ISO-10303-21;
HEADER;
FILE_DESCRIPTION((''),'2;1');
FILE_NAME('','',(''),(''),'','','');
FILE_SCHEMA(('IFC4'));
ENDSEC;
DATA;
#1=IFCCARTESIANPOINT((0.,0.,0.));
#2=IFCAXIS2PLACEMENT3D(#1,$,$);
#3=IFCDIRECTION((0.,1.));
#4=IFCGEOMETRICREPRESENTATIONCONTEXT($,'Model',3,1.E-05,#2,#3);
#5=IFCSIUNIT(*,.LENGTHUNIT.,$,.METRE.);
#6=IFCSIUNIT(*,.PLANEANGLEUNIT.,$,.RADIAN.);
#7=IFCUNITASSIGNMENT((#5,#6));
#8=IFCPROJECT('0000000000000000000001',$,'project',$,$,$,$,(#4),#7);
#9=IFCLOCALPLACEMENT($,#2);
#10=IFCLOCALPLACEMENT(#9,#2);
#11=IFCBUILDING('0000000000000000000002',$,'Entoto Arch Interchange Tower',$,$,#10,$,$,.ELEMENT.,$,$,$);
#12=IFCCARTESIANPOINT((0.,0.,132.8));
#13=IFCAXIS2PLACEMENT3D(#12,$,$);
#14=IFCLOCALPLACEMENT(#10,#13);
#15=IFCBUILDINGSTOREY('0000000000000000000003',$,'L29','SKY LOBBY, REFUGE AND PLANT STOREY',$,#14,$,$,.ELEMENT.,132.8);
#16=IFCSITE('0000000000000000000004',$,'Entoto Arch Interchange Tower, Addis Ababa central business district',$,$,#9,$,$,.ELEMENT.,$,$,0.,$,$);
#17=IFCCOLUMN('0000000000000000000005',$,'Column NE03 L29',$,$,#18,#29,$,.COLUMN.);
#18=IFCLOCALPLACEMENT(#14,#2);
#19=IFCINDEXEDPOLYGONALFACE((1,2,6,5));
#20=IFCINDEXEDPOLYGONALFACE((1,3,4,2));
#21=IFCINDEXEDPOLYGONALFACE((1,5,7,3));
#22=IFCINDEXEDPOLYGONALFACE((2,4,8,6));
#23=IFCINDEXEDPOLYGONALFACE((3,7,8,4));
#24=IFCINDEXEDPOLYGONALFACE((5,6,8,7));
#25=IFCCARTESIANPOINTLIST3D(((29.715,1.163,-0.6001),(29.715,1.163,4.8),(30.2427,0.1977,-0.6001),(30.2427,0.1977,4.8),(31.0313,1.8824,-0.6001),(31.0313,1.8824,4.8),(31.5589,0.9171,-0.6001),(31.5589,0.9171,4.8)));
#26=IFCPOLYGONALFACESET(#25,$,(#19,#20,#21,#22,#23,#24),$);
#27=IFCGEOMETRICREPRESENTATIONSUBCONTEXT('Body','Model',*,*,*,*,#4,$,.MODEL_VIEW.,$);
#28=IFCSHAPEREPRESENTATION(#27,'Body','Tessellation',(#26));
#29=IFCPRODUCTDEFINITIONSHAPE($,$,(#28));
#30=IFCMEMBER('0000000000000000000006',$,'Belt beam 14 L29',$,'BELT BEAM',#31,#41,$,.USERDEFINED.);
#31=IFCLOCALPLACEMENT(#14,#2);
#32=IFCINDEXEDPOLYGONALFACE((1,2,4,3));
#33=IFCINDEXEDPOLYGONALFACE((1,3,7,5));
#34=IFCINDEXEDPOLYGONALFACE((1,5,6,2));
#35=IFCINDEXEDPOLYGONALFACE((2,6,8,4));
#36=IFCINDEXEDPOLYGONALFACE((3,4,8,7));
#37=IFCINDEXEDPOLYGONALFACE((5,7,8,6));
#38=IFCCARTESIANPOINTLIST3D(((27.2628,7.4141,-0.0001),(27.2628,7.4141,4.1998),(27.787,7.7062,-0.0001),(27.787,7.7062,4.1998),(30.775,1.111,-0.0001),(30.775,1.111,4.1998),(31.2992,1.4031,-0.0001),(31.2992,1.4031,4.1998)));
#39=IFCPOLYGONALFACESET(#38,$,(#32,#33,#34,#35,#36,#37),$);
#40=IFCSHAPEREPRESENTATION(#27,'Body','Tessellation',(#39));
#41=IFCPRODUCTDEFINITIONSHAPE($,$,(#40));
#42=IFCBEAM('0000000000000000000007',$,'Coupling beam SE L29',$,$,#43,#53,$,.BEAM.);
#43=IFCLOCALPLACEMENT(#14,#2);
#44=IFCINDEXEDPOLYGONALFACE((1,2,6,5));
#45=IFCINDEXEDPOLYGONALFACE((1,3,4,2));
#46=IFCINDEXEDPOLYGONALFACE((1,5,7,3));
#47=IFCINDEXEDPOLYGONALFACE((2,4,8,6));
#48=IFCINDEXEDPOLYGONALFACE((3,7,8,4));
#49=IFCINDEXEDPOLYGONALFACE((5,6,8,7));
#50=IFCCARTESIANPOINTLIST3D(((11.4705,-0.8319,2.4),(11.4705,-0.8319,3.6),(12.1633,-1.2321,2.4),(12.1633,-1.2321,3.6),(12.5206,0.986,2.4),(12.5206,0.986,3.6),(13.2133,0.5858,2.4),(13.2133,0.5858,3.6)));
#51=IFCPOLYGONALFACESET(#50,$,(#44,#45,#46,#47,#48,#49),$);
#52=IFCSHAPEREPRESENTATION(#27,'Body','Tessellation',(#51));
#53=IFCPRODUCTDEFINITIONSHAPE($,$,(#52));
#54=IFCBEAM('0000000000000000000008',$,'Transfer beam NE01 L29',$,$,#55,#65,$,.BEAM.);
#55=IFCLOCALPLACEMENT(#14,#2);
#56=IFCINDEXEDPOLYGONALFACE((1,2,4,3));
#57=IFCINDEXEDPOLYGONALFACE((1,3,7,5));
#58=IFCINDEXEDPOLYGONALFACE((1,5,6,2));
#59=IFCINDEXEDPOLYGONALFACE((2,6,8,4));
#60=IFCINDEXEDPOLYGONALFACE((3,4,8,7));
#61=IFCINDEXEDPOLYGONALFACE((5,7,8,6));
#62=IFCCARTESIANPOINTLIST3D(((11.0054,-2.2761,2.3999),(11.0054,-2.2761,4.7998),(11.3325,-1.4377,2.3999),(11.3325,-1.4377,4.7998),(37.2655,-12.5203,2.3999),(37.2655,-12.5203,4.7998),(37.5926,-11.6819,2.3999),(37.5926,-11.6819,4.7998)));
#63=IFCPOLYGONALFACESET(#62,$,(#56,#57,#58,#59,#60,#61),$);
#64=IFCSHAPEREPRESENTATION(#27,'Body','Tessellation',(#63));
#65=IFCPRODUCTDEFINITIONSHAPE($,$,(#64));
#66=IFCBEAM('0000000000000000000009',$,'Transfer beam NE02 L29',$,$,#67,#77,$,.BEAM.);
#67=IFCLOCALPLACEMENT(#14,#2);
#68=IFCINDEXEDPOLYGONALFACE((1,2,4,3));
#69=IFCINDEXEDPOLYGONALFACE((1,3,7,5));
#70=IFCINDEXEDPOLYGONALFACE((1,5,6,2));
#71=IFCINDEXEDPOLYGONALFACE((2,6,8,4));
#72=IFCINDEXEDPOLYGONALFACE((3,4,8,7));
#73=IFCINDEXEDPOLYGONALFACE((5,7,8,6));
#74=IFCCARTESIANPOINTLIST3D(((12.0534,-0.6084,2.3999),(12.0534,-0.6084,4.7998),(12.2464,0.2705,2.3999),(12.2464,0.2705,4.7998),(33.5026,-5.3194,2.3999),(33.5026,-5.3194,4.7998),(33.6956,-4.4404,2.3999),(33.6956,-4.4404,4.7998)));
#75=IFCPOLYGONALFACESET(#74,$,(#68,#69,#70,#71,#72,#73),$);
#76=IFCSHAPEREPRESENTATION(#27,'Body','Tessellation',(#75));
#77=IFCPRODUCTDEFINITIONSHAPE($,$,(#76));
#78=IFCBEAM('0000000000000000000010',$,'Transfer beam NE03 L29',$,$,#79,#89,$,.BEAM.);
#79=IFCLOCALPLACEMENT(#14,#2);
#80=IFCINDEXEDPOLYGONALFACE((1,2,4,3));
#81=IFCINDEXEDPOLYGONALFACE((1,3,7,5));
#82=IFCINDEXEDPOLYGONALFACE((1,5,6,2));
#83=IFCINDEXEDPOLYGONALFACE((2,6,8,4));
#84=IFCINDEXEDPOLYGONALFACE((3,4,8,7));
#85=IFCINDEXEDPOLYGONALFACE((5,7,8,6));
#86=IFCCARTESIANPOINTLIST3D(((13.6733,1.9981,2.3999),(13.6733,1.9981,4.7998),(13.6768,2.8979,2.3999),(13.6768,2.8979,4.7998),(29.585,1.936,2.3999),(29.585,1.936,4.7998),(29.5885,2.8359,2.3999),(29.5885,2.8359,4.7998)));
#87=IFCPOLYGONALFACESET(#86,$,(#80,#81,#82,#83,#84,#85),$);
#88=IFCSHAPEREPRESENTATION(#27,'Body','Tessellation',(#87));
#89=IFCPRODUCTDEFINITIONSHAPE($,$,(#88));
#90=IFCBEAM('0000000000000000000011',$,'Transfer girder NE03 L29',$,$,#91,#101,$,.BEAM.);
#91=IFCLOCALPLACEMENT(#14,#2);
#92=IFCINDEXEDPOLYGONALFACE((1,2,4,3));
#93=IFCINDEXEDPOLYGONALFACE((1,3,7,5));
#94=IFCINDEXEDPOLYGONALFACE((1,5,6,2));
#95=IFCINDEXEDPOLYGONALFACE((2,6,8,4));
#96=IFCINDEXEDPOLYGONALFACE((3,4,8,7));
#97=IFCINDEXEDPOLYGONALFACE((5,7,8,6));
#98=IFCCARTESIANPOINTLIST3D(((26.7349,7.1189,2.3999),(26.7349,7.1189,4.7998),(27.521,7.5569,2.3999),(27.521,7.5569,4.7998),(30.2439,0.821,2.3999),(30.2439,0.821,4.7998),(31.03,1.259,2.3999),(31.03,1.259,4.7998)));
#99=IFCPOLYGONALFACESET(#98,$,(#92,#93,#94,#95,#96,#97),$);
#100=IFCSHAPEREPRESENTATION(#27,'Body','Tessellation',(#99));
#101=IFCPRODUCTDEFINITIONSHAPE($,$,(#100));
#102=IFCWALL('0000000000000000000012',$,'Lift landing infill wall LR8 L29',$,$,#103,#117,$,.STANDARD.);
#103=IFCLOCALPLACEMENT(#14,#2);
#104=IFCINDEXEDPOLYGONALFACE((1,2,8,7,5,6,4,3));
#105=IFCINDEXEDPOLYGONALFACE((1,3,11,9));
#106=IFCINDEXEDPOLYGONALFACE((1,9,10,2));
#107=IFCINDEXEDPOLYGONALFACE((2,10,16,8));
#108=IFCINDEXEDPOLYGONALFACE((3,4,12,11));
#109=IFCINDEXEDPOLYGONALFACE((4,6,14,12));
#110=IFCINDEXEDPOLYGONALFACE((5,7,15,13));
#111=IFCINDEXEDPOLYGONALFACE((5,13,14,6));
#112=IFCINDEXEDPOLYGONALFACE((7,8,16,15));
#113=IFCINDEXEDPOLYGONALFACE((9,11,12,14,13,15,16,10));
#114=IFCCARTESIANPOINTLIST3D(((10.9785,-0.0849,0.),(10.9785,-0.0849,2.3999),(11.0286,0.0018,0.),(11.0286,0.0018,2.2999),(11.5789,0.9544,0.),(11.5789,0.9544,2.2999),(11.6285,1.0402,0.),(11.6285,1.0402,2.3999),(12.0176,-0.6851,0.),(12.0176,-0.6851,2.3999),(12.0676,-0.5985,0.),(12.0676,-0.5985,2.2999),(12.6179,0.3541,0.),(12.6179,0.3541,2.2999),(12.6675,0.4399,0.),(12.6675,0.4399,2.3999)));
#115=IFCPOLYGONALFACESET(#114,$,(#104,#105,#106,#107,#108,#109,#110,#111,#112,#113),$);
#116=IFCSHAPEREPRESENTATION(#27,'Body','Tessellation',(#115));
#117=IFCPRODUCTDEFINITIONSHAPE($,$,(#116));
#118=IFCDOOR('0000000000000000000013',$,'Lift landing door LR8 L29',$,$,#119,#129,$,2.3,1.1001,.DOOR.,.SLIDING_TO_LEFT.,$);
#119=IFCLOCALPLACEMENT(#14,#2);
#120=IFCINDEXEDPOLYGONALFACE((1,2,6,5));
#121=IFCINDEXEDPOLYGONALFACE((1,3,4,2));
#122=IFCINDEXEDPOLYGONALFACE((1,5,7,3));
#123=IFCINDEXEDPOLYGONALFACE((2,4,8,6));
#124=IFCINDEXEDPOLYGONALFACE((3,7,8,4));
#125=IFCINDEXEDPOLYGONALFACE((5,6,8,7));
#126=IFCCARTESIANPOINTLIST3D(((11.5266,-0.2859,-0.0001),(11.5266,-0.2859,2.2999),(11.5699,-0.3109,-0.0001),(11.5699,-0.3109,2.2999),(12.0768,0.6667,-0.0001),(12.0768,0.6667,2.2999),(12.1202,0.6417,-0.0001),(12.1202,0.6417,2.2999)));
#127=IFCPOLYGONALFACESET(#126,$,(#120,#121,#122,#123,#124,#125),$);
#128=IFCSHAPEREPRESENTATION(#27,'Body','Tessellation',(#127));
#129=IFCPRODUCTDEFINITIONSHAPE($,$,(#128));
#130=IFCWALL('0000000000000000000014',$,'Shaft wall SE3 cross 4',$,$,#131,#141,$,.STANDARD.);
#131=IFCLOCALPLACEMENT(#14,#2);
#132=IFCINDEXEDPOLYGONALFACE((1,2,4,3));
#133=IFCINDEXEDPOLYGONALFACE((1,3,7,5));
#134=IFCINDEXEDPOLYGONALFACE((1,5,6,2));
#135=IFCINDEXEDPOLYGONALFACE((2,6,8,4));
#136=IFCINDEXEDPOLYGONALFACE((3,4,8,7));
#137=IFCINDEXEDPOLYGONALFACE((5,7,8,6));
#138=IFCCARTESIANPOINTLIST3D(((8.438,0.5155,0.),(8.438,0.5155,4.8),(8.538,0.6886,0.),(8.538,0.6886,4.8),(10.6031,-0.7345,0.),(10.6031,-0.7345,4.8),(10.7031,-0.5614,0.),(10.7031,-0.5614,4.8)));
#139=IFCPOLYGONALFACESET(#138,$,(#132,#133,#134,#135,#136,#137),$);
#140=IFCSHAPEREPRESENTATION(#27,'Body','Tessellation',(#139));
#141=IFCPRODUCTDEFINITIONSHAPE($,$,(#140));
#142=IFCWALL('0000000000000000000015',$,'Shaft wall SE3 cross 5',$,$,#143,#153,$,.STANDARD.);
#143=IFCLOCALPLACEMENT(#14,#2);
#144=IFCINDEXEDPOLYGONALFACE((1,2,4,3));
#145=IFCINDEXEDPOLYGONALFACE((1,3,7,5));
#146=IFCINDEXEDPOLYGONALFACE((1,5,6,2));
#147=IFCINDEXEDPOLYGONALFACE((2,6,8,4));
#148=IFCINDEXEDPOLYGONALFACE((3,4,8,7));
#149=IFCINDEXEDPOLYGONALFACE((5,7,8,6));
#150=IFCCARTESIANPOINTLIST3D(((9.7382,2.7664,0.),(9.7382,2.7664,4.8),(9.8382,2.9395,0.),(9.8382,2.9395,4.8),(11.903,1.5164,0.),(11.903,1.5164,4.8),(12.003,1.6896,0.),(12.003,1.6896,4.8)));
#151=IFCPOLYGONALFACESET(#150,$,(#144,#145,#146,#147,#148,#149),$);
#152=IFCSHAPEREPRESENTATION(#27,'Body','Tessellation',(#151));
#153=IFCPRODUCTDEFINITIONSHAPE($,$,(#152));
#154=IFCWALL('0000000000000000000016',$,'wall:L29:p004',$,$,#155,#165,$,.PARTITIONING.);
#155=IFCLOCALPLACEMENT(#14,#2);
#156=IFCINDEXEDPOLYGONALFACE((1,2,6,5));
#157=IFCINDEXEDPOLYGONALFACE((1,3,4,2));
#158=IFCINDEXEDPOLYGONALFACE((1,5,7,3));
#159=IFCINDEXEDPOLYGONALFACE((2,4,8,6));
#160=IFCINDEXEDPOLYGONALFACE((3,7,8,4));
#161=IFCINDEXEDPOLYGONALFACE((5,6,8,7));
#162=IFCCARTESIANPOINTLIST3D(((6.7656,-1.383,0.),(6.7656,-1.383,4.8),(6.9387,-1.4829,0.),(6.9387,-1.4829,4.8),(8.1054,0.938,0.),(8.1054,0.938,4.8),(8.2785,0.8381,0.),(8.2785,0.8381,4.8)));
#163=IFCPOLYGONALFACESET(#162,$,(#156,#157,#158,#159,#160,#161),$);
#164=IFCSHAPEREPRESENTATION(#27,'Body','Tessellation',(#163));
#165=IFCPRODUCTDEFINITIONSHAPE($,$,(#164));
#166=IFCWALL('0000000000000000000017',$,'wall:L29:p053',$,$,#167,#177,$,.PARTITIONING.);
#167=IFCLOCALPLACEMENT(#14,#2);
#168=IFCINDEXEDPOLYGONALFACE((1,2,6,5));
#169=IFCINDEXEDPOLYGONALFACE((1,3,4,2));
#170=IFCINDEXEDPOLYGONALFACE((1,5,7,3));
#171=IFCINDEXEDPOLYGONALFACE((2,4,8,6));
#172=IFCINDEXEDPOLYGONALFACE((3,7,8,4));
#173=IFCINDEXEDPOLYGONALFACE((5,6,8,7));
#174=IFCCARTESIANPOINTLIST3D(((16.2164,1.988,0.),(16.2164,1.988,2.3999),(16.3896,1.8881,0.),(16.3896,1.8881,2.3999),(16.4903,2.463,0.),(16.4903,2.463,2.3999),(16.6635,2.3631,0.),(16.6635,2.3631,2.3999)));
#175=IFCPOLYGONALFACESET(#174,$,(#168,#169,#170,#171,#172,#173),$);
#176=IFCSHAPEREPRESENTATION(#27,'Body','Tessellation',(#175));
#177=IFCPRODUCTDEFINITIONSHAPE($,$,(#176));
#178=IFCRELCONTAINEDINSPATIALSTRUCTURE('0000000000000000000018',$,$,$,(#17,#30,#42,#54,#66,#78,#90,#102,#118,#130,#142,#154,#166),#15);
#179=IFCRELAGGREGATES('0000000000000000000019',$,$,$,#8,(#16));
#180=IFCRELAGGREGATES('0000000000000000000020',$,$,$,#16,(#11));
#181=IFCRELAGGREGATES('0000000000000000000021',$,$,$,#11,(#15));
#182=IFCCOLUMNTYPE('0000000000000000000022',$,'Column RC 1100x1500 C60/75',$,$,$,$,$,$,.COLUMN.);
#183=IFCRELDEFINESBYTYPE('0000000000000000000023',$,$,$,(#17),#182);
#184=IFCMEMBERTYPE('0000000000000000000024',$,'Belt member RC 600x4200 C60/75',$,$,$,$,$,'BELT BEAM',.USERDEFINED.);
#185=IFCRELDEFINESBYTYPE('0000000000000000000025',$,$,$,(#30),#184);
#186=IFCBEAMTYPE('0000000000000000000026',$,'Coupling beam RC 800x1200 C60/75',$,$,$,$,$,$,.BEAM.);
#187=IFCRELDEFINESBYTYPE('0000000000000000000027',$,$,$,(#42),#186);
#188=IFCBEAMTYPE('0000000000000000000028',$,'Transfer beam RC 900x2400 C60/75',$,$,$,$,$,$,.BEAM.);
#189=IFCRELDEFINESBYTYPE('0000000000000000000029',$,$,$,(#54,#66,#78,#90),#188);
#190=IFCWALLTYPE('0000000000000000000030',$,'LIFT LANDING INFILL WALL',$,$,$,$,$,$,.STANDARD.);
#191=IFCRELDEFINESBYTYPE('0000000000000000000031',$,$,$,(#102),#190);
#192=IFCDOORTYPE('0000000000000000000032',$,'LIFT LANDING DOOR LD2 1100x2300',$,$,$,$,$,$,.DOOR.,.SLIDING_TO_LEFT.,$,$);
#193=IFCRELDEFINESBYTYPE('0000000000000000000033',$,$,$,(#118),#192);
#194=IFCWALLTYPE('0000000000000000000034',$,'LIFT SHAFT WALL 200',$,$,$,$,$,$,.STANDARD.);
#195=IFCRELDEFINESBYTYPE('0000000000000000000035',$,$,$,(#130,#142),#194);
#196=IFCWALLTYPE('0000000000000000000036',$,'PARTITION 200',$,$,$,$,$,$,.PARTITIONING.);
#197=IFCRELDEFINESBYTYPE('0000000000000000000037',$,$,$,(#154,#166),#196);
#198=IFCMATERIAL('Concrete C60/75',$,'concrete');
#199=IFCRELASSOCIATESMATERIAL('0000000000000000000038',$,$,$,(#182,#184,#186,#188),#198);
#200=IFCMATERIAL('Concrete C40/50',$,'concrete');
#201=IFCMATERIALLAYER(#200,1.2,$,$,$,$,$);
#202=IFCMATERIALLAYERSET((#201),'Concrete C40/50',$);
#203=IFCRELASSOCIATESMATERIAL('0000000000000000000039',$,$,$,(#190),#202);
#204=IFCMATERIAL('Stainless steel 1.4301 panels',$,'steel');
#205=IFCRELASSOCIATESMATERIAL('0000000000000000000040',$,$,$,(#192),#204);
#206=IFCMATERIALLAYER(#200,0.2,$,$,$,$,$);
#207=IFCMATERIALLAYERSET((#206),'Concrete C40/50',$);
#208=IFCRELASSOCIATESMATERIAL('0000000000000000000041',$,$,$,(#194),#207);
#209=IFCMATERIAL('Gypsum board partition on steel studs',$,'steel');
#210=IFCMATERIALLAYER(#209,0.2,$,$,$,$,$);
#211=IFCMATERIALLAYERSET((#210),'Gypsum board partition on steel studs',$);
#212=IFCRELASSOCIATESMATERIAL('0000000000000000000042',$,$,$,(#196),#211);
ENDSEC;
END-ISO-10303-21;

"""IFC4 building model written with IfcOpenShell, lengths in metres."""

from ifc_helpers import new_model, si_unit, direction, frame, frame_2d, origin, origin_2d, place, context, subcontext, project, spatial, rectangle, extrude, material, layer, layer_set, material_profile, profile_set, type_object, element, fill, save


model = new_model("IFC4")

# Units and contexts
model_context = context("Model", 3, precision=1e-05, world=origin(), true_north=direction((0.0, 1.0)))
body_context = subcontext(model_context, "Body", "Model", "MODEL_VIEW")
ifc_project = project(units=[si_unit("LENGTHUNIT", "METRE"), si_unit("PLANEANGLEUNIT", "RADIAN")], contexts=[model_context])

# Site, building, storey
site_placement = place(None, origin())
site = spatial("IfcSite", under=ifc_project, at=site_placement, Name="Entoto Arch Interchange Tower, Addis Ababa central business district", CompositionType="ELEMENT", RefElevation=0.0)
building_placement = place(site_placement, origin())
building = spatial("IfcBuilding", under=site, at=building_placement, Name="Entoto Arch Interchange Tower", CompositionType="ELEMENT")
storey_placement = place(building_placement, frame((0.0, 0.0, 132.8)))
storey = spatial("IfcBuildingStorey", under=building, at=storey_placement, Name="L29", Description="SKY LOBBY, REFUGE AND PLANT STOREY", CompositionType="ELEMENT", Elevation=132.8)

# Column
ifc_material_1 = material(Name="Concrete C60/75", Category="concrete")
ifc_material_profile_1 = material_profile(ifc_material_1, rectangle(XDim=1.1001, YDim=1.5, at=origin_2d()))
ifc_profile_set_1 = profile_set([ifc_material_profile_1], Name="Concrete C60/75")
column_type = type_object("IfcColumnType", Name="Column RC 1100x1500 C60/75", PredefinedType="COLUMN", material=ifc_profile_set_1)
column_placement = place(storey_placement, frame((30.637, 1.04, -0.6001), z_axis=(0.0, 0.0, 1.0), x_axis=(-0.479611, 0.877481, 0.0)))
element("IfcColumn", 1, at=column_placement, inside=storey, type_object=column_type, Name="Column NE03 L29", PredefinedType="COLUMN", context=body_context, shape_type="SweptSolid", body=[
    extrude(rectangle(XDim=1.1001, YDim=1.5, at=origin_2d()), origin(), (0.0, 0.0, 1.0), 5.4001),
])

# Member
ifc_material_profile_2 = material_profile(ifc_material_1, rectangle(XDim=0.6001, YDim=4.2, at=origin_2d()))
ifc_profile_set_2 = profile_set([ifc_material_profile_2], Name="Concrete C60/75")
member_type = type_object("IfcMemberType", Name="Belt member RC 600x4200 C60/75", ElementType="BELT BEAM", PredefinedType="USERDEFINED", material=ifc_profile_set_2)
member_placement = place(storey_placement, frame((31.0371, 1.2571, 2.0999), z_axis=(-0.48676, 0.873536, 0.0), x_axis=(-0.873536, -0.48676, 0.0)))
element("IfcMember", 2, at=member_placement, inside=storey, type_object=member_type, Name="Belt beam 14 L29", ObjectType="BELT BEAM", PredefinedType="USERDEFINED", context=body_context, shape_type="SweptSolid", body=[
    extrude(rectangle(XDim=0.6001, YDim=4.2, at=origin_2d()), origin(), (0.0, 0.0, 1.0), 7.2156),
])

# Beams
ifc_material_profile_3 = material_profile(ifc_material_1, rectangle(XDim=0.8, YDim=1.2, at=origin_2d()))
ifc_profile_set_3 = profile_set([ifc_material_profile_3], Name="Concrete C60/75")
beam_type_1 = type_object("IfcBeamType", Name="Coupling beam RC 800x1200 C60/75", PredefinedType="BEAM", material=ifc_profile_set_3)
beam_1_placement = place(storey_placement, frame((11.8169, -1.032, 3.0), z_axis=(0.500179, 0.865922, 0.0), x_axis=(-0.865922, 0.500179, 0.0)))
element("IfcBeam", 3, at=beam_1_placement, inside=storey, type_object=beam_type_1, Name="Coupling beam SE L29", PredefinedType="BEAM", context=body_context, shape_type="SweptSolid", body=[
    extrude(rectangle(XDim=0.8, YDim=1.2, at=origin_2d()), origin(), (0.0, 0.0, 1.0), 2.0994),
])
ifc_material_profile_4 = material_profile(ifc_material_1, rectangle(XDim=0.8999, YDim=2.3999, at=origin_2d()))
ifc_profile_set_4 = profile_set([ifc_material_profile_4], Name="Concrete C60/75")
beam_type_2 = type_object("IfcBeamType", Name="Transfer beam RC 900x2400 C60/75", PredefinedType="BEAM", material=ifc_profile_set_4)
beam_2_placement = place(storey_placement, frame((11.1689, -1.8569, 3.5999), z_axis=(0.931622, -0.36343, 0.0), x_axis=(0.36343, 0.931622, 0.0)))
element("IfcBeam", 4, at=beam_2_placement, inside=storey, type_object=beam_type_2, Name="Transfer beam NE01 L29", PredefinedType="BEAM", context=body_context, shape_type="SweptSolid", body=[
    extrude(rectangle(XDim=0.8999, YDim=2.3999, at=origin_2d()), origin(), (0.0, 0.0, 1.0), 28.1875),
])
beam_3_placement = place(storey_placement, frame((12.1499, -0.1689, 3.5999), z_axis=(0.97672, -0.214519, 0.0), x_axis=(0.214519, 0.97672, 0.0)))
element("IfcBeam", 5, at=beam_3_placement, inside=storey, type_object=beam_type_2, Name="Transfer beam NE02 L29", PredefinedType="BEAM", context=body_context, shape_type="SweptSolid", body=[
    extrude(rectangle(XDim=0.8999, YDim=2.3999, at=origin_2d()), origin(), (0.0, 0.0, 1.0), 21.9604),
])
beam_4_placement = place(storey_placement, frame((13.675, 2.448, 3.5999), z_axis=(0.999992, -0.003897, 0.0), x_axis=(0.003897, 0.999992, 0.0)))
element("IfcBeam", 6, at=beam_4_placement, inside=storey, type_object=beam_type_2, Name="Transfer beam NE03 L29", PredefinedType="BEAM", context=body_context, shape_type="SweptSolid", body=[
    extrude(rectangle(XDim=0.8999, YDim=2.3999, at=origin_2d()), origin(), (0.0, 0.0, 1.0), 15.9119),
])
beam_5_placement = place(storey_placement, frame((30.637, 1.04, 3.5999), z_axis=(-0.486727, 0.873554, 0.0), x_axis=(-0.873554, -0.486727, 0.0)))
element("IfcBeam", 7, at=beam_5_placement, inside=storey, type_object=beam_type_2, Name="Transfer girder NE03 L29", PredefinedType="BEAM", context=body_context, shape_type="SweptSolid", body=[
    extrude(rectangle(XDim=0.8999, YDim=2.3999, at=origin_2d()), origin(), (0.0, 0.0, 1.0), 7.2095),
])

# Wall, opening, door
ifc_material_2 = material(Name="Concrete C40/50", Category="concrete")
ifc_layer_1 = layer(ifc_material_2, 1.2)
ifc_layer_set_1 = layer_set([ifc_layer_1], Name="Concrete C40/50")
wall_type_1 = type_object("IfcWallType", Name="LIFT LANDING INFILL WALL", PredefinedType="STANDARD", material=ifc_layer_set_1)
wall_1_placement = place(storey_placement, frame((11.498, -0.385, 0.0), z_axis=(0.0, 0.0, 1.0), x_axis=(0.500221, 0.865898, 0.0)))
wall_1 = element("IfcWall", 8, at=wall_1_placement, inside=storey, type_object=wall_type_1, Name="Lift landing infill wall LR8 L29", PredefinedType="STANDARD", context=body_context, shape_type="SweptSolid", body=[
    extrude(rectangle(XDim=1.2993, YDim=1.2, at=frame_2d((0.6497, 0.0))), origin(), (0.0, 0.0, 1.0), 2.3999),
])
opening_placement = place(wall_1_placement, frame((0.1001, 0.0, 0.0)))
opening = element("IfcOpeningElement", 9, at=opening_placement, cuts=wall_1, PredefinedType="OPENING", context=body_context, shape_type="SweptSolid", body=[
    extrude(rectangle(XDim=1.1001, YDim=2.3, at=frame_2d((0.55, 1.1499))), frame((0.0, 0.6099, 0.0), z_axis=(0.0, -1.0, 0.0), x_axis=(1.0, 0.0, 0.0)), (0.0, 0.0, 1.0), 1.22),
])
ifc_material_3 = material(Name="Stainless steel 1.4301 panels", Category="steel")
door_type = type_object("IfcDoorType", Name="LIFT LANDING DOOR LD2 1100x2300", OperationType="SLIDING_TO_LEFT", PredefinedType="DOOR", material=ifc_material_3)
door_placement = place(opening_placement, origin())
door = element("IfcDoor", 10, at=door_placement, inside=storey, type_object=door_type, Name="Lift landing door LR8 L29", OperationType="SLIDING_TO_LEFT", OverallHeight=2.3, OverallWidth=1.1001, PredefinedType="DOOR", context=body_context, shape_type="SweptSolid", body=[
    extrude(rectangle(XDim=1.1001, YDim=2.3, at=frame_2d((0.55, 1.1499))), frame((0.0, 0.0249, 0.0), z_axis=(0.0, -1.0, 0.0), x_axis=(1.0, 0.0, 0.0)), (0.0, 0.0, 1.0), 0.05),
])
fill(opening, door)

# Walls
ifc_layer_2 = layer(ifc_material_2, 0.2)
ifc_layer_set_2 = layer_set([ifc_layer_2], Name="Concrete C40/50")
wall_type_2 = type_object("IfcWallType", Name="LIFT SHAFT WALL 200", PredefinedType="STANDARD", material=ifc_layer_set_2)
wall_2_placement = place(storey_placement, frame((8.488, 0.6021, 0.0), z_axis=(0.0, 0.0, 1.0), x_axis=(0.866023, -0.500004, 0.0)))
element("IfcWall", 11, at=wall_2_placement, inside=storey, type_object=wall_type_2, Name="Shaft wall SE3 cross 4", PredefinedType="STANDARD", context=body_context, shape_type="SweptSolid", body=[
    extrude(rectangle(XDim=2.5, YDim=0.2, at=frame_2d((1.25, 0.0))), origin(), (0.0, 0.0, 1.0), 4.8),
])
wall_3_placement = place(storey_placement, frame((9.7881, 2.853, 0.0), z_axis=(0.0, 0.0, 1.0), x_axis=(0.865999, -0.500047, 0.0)))
element("IfcWall", 12, at=wall_3_placement, inside=storey, type_object=wall_type_2, Name="Shaft wall SE3 cross 5", PredefinedType="STANDARD", context=body_context, shape_type="SweptSolid", body=[
    extrude(rectangle(XDim=2.4998, YDim=0.2, at=frame_2d((1.25, 0.0))), origin(), (0.0, 0.0, 1.0), 4.8),
])
ifc_material_4 = material(Name="Gypsum board partition on steel studs", Category="steel")
ifc_layer_3 = layer(ifc_material_4, 0.2)
ifc_layer_set_3 = layer_set([ifc_layer_3], Name="Gypsum board partition on steel studs")
wall_type_3 = type_object("IfcWallType", Name="PARTITION 200", PredefinedType="PARTITIONING", material=ifc_layer_set_3)
wall_4_placement = place(storey_placement, frame((8.1919, 0.8879, 0.0), z_axis=(0.0, 0.0, 1.0), x_axis=(-0.499941, -0.86606, 0.0)))
element("IfcWall", 13, at=wall_4_placement, inside=storey, type_object=wall_type_3, Name="wall:L29:p004", PredefinedType="PARTITIONING", context=body_context, shape_type="SweptSolid", body=[
    extrude(rectangle(XDim=2.6799, YDim=0.2, at=frame_2d((1.3398, 0.0))), origin(), (0.0, 0.0, 1.0), 4.8),
])
wall_5_placement = place(storey_placement, frame((16.5769, 2.4131, 0.0), z_axis=(0.0, 0.0, 1.0), x_axis=(-0.499491, -0.866319, 0.0)))
element("IfcWall", 14, at=wall_5_placement, inside=storey, type_object=wall_type_3, Name="wall:L29:p053", PredefinedType="PARTITIONING", context=body_context, shape_type="SweptSolid", body=[
    extrude(rectangle(XDim=0.5483, YDim=0.2, at=frame_2d((0.2742, 0.0))), origin(), (0.0, 0.0, 1.0), 2.3999),
])

save(model, "model.ifc")
